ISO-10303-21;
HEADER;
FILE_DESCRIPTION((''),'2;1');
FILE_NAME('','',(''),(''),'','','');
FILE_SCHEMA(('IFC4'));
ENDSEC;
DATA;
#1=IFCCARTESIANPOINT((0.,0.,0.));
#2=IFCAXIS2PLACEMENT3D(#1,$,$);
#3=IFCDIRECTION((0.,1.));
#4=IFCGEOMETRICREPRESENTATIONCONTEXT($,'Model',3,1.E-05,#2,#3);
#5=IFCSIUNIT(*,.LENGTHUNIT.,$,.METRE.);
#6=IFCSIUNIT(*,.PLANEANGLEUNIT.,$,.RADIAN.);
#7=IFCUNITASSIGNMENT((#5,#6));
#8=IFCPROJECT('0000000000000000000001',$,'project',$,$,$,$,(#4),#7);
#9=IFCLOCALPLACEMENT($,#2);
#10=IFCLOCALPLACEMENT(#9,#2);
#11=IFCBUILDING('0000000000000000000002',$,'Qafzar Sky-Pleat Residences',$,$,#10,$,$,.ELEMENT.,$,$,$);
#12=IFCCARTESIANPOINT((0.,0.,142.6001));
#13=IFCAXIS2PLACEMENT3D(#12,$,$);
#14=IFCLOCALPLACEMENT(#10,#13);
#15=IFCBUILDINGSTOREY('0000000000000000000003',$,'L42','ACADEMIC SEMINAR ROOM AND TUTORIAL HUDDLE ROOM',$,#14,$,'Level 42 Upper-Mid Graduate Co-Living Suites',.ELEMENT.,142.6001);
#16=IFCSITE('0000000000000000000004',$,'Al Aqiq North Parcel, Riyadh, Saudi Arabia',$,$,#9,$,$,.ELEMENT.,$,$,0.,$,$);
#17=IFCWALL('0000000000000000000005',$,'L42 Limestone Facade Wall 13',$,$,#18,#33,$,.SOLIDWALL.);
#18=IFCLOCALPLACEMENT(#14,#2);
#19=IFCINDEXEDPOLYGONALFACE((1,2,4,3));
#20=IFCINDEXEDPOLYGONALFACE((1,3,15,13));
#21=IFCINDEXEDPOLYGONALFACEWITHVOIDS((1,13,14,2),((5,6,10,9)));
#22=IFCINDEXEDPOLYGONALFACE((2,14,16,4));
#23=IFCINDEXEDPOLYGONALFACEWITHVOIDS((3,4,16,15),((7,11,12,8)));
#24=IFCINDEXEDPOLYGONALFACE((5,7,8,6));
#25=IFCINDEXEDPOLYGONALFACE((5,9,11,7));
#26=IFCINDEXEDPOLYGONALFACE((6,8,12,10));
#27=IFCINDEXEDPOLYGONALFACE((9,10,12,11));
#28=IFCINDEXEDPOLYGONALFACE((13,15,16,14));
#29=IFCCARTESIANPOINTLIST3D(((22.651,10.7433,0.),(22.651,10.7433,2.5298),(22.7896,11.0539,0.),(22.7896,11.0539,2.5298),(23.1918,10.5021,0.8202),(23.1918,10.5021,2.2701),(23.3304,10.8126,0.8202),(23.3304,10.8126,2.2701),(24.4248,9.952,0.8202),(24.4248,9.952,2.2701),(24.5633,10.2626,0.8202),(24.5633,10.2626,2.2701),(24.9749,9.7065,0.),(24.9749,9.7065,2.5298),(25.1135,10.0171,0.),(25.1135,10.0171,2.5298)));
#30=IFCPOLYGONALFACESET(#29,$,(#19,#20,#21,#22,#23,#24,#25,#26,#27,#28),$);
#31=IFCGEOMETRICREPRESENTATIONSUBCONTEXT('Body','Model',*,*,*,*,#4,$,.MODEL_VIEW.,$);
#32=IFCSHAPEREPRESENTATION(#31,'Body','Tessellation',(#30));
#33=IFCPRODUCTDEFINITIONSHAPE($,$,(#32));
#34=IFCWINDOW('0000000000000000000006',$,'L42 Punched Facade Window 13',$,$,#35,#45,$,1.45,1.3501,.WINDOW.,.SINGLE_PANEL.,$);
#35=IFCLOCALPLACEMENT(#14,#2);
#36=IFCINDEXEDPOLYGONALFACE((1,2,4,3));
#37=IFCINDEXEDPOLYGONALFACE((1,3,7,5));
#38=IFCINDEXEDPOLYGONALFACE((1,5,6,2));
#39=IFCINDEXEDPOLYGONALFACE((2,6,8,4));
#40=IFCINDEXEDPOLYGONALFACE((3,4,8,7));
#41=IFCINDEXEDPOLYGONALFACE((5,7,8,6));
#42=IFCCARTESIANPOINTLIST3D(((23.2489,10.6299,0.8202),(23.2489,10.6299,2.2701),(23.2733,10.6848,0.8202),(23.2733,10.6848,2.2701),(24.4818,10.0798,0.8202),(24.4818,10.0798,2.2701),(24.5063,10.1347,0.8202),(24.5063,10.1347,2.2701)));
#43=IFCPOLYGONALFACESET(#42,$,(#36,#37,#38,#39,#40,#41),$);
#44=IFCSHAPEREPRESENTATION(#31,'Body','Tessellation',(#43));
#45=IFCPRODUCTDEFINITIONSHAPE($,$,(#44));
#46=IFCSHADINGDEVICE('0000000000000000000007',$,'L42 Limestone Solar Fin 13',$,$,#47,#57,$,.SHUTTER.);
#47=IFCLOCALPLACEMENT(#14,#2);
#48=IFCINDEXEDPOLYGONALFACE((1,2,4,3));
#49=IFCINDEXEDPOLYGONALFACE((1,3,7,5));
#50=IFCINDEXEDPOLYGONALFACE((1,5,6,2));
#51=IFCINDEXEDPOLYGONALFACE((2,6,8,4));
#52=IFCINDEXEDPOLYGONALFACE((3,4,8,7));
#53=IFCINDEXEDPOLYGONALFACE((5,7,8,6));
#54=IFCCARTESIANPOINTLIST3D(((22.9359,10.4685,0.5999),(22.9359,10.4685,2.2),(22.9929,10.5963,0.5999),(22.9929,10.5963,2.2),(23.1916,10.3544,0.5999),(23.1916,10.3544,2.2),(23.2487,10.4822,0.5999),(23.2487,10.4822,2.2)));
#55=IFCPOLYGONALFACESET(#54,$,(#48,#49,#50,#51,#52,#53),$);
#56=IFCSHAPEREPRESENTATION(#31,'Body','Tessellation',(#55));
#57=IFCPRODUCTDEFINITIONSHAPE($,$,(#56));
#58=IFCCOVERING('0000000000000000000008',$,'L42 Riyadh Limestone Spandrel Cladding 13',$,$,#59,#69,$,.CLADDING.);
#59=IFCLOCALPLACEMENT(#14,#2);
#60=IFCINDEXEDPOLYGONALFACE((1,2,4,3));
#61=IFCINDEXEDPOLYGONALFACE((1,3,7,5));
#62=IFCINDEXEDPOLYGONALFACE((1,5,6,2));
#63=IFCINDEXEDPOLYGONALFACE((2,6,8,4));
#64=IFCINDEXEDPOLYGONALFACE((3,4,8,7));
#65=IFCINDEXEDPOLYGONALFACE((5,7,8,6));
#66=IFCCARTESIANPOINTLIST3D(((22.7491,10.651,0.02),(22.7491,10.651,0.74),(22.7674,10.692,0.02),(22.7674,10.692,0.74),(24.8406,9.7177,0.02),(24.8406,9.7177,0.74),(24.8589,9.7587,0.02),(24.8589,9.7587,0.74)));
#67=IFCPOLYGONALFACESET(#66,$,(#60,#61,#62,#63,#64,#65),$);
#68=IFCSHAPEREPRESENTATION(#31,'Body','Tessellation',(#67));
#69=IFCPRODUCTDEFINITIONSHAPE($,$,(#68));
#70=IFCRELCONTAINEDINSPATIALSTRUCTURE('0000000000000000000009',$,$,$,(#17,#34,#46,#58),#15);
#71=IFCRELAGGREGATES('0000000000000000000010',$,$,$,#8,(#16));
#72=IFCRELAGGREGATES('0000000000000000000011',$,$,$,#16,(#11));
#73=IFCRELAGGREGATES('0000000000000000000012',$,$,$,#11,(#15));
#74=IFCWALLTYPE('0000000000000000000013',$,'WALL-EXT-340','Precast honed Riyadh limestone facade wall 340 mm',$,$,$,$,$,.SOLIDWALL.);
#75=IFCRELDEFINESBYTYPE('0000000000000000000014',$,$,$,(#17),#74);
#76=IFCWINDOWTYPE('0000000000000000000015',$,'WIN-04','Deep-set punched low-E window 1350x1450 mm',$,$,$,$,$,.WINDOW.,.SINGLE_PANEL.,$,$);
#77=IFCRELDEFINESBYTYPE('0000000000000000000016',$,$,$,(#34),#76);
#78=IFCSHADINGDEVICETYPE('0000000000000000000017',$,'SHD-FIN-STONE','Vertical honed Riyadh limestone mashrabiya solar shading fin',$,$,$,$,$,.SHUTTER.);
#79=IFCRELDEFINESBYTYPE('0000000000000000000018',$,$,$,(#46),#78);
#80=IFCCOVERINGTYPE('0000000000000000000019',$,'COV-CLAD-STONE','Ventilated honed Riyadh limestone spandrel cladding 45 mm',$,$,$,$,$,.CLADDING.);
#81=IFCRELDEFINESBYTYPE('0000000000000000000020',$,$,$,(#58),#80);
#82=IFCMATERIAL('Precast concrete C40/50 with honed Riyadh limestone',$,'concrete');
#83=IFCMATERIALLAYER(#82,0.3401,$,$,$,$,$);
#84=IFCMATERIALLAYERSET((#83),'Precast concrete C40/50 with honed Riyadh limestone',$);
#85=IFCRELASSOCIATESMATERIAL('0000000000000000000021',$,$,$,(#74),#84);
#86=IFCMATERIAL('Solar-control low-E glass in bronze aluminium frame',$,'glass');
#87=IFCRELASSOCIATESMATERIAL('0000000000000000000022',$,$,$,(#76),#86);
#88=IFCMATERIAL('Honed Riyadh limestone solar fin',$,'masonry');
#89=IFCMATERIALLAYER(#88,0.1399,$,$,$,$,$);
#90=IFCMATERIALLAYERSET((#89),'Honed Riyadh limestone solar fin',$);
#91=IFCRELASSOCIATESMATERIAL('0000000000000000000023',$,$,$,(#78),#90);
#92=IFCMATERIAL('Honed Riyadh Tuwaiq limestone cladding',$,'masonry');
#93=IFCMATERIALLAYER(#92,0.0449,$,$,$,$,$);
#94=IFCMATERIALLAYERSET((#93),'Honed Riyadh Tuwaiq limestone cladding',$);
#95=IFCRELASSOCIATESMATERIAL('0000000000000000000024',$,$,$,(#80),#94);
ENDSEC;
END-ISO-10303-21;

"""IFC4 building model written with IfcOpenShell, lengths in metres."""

from ifc_helpers import new_model, si_unit, direction, frame, frame_2d, origin, origin_2d, place, context, subcontext, project, spatial, rectangle, extrude, source, transform, mapped, material, layer, layer_set, type_object, element, fill, save


model = new_model("IFC4")

# Units and contexts
model_context = context("Model", 3, precision=1e-05, world=origin(), true_north=direction((0.0, 1.0)))
body_context = subcontext(model_context, "Body", "Model", "MODEL_VIEW")
ifc_project = project(units=[si_unit("LENGTHUNIT", "METRE"), si_unit("PLANEANGLEUNIT", "RADIAN")], contexts=[model_context])

# Site, building, storey
site_placement = place(None, origin())
site = spatial("IfcSite", under=ifc_project, at=site_placement, Name="Al Aqiq North Parcel, Riyadh, Saudi Arabia", CompositionType="ELEMENT", RefElevation=0.0)
building_placement = place(site_placement, origin())
building = spatial("IfcBuilding", under=site, at=building_placement, Name="Qafzar Sky-Pleat Residences", CompositionType="ELEMENT")
storey_placement = place(building_placement, frame((0.0, 0.0, 142.6001)))
storey = spatial("IfcBuildingStorey", under=building, at=storey_placement, Name="L42", Description="ACADEMIC SEMINAR ROOM AND TUTORIAL HUDDLE ROOM", LongName="Level 42 Upper-Mid Graduate Co-Living Suites", CompositionType="ELEMENT", Elevation=142.6001)

# Wall, opening, window
ifc_material_1 = material(Name="Precast concrete C40/50 with honed Riyadh limestone", Category="concrete")
ifc_layer_1 = layer(ifc_material_1, 0.3401)
ifc_layer_set_1 = layer_set([ifc_layer_1], Name="Precast concrete C40/50 with honed Riyadh limestone")
wall_type_1 = type_object("IfcWallType", Name="WALL-EXT-340", Description="Precast honed Riyadh limestone facade wall 340 mm", PredefinedType="SOLIDWALL", material=ifc_layer_set_1)
ifc_material_2 = material(Name="Solar-control low-E glass in bronze aluminium frame", Category="glass")
wall_1_placement = place(storey_placement, frame((22.7202, 10.8987, 0.0), z_axis=(0.0, 0.0, 1.0), x_axis=(0.913229, -0.407447, 0.0)))
wall_1 = element("IfcWall", 1, at=wall_1_placement, inside=storey, type_object=wall_type_1, Name="L42 Limestone Facade Wall 13", PredefinedType="SOLIDWALL", context=body_context, shape_type="SweptSolid", body=[
    extrude(rectangle(XDim=2.5447, YDim=0.3401, at=frame_2d((1.2725, 0.0))), origin(), (0.0, 0.0, 1.0), 2.5298),
])
opening_1_placement = place(wall_1_placement, frame((0.5923, 0.0, 0.8201)))
opening_1 = element("IfcOpeningElement", 2, at=opening_1_placement, cuts=wall_1, PredefinedType="OPENING", context=body_context, shape_type="SweptSolid", body=[
    extrude(rectangle(XDim=1.3501, YDim=1.45, at=frame_2d((0.675, 0.7251))), frame((0.0, 0.1802, 0.0), z_axis=(0.0, -1.0, 0.0), x_axis=(1.0, 0.0, 0.0)), (0.0, 0.0, 1.0), 0.3601),
])
window_type_1 = type_object("IfcWindowType", Name="WIN-04", Description="Deep-set punched low-E window 1350x1450 mm", PartitioningType="SINGLE_PANEL", PredefinedType="WINDOW", material=ifc_material_2)
shared_shape_1 = source(origin(), body_context, "Body", "SweptSolid", [
    extrude(rectangle(XDim=1.3501, YDim=1.45, at=frame_2d((0.675, 0.7251))), frame((0.0, 0.03, 0.0), z_axis=(0.0, -1.0, 0.0), x_axis=(1.0, 0.0, 0.0)), (0.0, 0.0, 1.0), 0.0601),
])
window_1_placement = place(opening_1_placement, origin())
window_1 = element("IfcWindow", 3, at=window_1_placement, inside=storey, type_object=window_type_1, Name="L42 Punched Facade Window 13", OverallHeight=1.45, OverallWidth=1.3501, PartitioningType="SINGLE_PANEL", PredefinedType="WINDOW", context=body_context, shape_type="MappedRepresentation", body=[
    mapped(shared_shape_1, transform((0.0, 0.0, 0.0), x_axis=(1.0, 0.0, 0.0), y_axis=(0.0, 1.0, 0.0), z_axis=(0.0, 0.0, 1.0), scale=1.0)),
])
fill(opening_1, window_1)

# Shading device
ifc_material_3 = material(Name="Honed Riyadh limestone solar fin", Category="masonry")
ifc_layer_2 = layer(ifc_material_3, 0.1399)
ifc_layer_set_2 = layer_set([ifc_layer_2], Name="Honed Riyadh limestone solar fin")
shading_device_type = type_object("IfcShadingDeviceType", Name="SHD-FIN-STONE", Description="Vertical honed Riyadh limestone mashrabiya solar shading fin", PredefinedType="SHUTTER", material=ifc_layer_set_2)
shared_shape_2 = source(origin(), body_context, "Body", "SweptSolid", [
    extrude(rectangle(XDim=0.1399, YDim=0.28, at=origin_2d()), origin(), (0.0, 0.0, 1.0), 1.6001),
])
shading_device_placement = place(storey_placement, frame((23.0923, 10.4753, 0.5999), z_axis=(0.0, 0.0, 1.0), x_axis=(-0.407515, -0.913199, 0.0)))
element("IfcShadingDevice", 4, at=shading_device_placement, inside=storey, type_object=shading_device_type, Name="L42 Limestone Solar Fin 13", PredefinedType="SHUTTER", context=body_context, shape_type="MappedRepresentation", body=[
    mapped(shared_shape_2, transform((0.0, 0.0, 0.0), x_axis=(1.0, 0.0, 0.0), y_axis=(0.0, 1.0, 0.0), z_axis=(0.0, 0.0, 1.0), scale=1.0)),
])

# Covering
ifc_material_4 = material(Name="Honed Riyadh Tuwaiq limestone cladding", Category="masonry")
ifc_layer_3 = layer(ifc_material_4, 0.0449)
ifc_layer_set_3 = layer_set([ifc_layer_3], Name="Honed Riyadh Tuwaiq limestone cladding")
covering_type = type_object("IfcCoveringType", Name="COV-CLAD-STONE", Description="Ventilated honed Riyadh limestone spandrel cladding 45 mm", PredefinedType="CLADDING", material=ifc_layer_set_3)
shared_shape_3 = source(origin(), body_context, "Body", "SweptSolid", [
    extrude(rectangle(XDim=2.2903, YDim=0.0449, at=origin_2d()), origin(), (0.0, 0.0, 1.0), 0.72),
])
covering_placement = place(storey_placement, frame((23.804, 10.2048, 0.02), z_axis=(0.0, 0.0, 1.0), x_axis=(0.913204, -0.407502, 0.0)))
element("IfcCovering", 5, at=covering_placement, inside=storey, type_object=covering_type, Name="L42 Riyadh Limestone Spandrel Cladding 13", PredefinedType="CLADDING", context=body_context, shape_type="MappedRepresentation", body=[
    mapped(shared_shape_3, transform((0.0, 0.0, 0.0), x_axis=(1.0, 0.0, 0.0), y_axis=(0.0, 1.0, 0.0), z_axis=(0.0, 0.0, 1.0), scale=1.0)),
])

save(model, "model.ifc")
